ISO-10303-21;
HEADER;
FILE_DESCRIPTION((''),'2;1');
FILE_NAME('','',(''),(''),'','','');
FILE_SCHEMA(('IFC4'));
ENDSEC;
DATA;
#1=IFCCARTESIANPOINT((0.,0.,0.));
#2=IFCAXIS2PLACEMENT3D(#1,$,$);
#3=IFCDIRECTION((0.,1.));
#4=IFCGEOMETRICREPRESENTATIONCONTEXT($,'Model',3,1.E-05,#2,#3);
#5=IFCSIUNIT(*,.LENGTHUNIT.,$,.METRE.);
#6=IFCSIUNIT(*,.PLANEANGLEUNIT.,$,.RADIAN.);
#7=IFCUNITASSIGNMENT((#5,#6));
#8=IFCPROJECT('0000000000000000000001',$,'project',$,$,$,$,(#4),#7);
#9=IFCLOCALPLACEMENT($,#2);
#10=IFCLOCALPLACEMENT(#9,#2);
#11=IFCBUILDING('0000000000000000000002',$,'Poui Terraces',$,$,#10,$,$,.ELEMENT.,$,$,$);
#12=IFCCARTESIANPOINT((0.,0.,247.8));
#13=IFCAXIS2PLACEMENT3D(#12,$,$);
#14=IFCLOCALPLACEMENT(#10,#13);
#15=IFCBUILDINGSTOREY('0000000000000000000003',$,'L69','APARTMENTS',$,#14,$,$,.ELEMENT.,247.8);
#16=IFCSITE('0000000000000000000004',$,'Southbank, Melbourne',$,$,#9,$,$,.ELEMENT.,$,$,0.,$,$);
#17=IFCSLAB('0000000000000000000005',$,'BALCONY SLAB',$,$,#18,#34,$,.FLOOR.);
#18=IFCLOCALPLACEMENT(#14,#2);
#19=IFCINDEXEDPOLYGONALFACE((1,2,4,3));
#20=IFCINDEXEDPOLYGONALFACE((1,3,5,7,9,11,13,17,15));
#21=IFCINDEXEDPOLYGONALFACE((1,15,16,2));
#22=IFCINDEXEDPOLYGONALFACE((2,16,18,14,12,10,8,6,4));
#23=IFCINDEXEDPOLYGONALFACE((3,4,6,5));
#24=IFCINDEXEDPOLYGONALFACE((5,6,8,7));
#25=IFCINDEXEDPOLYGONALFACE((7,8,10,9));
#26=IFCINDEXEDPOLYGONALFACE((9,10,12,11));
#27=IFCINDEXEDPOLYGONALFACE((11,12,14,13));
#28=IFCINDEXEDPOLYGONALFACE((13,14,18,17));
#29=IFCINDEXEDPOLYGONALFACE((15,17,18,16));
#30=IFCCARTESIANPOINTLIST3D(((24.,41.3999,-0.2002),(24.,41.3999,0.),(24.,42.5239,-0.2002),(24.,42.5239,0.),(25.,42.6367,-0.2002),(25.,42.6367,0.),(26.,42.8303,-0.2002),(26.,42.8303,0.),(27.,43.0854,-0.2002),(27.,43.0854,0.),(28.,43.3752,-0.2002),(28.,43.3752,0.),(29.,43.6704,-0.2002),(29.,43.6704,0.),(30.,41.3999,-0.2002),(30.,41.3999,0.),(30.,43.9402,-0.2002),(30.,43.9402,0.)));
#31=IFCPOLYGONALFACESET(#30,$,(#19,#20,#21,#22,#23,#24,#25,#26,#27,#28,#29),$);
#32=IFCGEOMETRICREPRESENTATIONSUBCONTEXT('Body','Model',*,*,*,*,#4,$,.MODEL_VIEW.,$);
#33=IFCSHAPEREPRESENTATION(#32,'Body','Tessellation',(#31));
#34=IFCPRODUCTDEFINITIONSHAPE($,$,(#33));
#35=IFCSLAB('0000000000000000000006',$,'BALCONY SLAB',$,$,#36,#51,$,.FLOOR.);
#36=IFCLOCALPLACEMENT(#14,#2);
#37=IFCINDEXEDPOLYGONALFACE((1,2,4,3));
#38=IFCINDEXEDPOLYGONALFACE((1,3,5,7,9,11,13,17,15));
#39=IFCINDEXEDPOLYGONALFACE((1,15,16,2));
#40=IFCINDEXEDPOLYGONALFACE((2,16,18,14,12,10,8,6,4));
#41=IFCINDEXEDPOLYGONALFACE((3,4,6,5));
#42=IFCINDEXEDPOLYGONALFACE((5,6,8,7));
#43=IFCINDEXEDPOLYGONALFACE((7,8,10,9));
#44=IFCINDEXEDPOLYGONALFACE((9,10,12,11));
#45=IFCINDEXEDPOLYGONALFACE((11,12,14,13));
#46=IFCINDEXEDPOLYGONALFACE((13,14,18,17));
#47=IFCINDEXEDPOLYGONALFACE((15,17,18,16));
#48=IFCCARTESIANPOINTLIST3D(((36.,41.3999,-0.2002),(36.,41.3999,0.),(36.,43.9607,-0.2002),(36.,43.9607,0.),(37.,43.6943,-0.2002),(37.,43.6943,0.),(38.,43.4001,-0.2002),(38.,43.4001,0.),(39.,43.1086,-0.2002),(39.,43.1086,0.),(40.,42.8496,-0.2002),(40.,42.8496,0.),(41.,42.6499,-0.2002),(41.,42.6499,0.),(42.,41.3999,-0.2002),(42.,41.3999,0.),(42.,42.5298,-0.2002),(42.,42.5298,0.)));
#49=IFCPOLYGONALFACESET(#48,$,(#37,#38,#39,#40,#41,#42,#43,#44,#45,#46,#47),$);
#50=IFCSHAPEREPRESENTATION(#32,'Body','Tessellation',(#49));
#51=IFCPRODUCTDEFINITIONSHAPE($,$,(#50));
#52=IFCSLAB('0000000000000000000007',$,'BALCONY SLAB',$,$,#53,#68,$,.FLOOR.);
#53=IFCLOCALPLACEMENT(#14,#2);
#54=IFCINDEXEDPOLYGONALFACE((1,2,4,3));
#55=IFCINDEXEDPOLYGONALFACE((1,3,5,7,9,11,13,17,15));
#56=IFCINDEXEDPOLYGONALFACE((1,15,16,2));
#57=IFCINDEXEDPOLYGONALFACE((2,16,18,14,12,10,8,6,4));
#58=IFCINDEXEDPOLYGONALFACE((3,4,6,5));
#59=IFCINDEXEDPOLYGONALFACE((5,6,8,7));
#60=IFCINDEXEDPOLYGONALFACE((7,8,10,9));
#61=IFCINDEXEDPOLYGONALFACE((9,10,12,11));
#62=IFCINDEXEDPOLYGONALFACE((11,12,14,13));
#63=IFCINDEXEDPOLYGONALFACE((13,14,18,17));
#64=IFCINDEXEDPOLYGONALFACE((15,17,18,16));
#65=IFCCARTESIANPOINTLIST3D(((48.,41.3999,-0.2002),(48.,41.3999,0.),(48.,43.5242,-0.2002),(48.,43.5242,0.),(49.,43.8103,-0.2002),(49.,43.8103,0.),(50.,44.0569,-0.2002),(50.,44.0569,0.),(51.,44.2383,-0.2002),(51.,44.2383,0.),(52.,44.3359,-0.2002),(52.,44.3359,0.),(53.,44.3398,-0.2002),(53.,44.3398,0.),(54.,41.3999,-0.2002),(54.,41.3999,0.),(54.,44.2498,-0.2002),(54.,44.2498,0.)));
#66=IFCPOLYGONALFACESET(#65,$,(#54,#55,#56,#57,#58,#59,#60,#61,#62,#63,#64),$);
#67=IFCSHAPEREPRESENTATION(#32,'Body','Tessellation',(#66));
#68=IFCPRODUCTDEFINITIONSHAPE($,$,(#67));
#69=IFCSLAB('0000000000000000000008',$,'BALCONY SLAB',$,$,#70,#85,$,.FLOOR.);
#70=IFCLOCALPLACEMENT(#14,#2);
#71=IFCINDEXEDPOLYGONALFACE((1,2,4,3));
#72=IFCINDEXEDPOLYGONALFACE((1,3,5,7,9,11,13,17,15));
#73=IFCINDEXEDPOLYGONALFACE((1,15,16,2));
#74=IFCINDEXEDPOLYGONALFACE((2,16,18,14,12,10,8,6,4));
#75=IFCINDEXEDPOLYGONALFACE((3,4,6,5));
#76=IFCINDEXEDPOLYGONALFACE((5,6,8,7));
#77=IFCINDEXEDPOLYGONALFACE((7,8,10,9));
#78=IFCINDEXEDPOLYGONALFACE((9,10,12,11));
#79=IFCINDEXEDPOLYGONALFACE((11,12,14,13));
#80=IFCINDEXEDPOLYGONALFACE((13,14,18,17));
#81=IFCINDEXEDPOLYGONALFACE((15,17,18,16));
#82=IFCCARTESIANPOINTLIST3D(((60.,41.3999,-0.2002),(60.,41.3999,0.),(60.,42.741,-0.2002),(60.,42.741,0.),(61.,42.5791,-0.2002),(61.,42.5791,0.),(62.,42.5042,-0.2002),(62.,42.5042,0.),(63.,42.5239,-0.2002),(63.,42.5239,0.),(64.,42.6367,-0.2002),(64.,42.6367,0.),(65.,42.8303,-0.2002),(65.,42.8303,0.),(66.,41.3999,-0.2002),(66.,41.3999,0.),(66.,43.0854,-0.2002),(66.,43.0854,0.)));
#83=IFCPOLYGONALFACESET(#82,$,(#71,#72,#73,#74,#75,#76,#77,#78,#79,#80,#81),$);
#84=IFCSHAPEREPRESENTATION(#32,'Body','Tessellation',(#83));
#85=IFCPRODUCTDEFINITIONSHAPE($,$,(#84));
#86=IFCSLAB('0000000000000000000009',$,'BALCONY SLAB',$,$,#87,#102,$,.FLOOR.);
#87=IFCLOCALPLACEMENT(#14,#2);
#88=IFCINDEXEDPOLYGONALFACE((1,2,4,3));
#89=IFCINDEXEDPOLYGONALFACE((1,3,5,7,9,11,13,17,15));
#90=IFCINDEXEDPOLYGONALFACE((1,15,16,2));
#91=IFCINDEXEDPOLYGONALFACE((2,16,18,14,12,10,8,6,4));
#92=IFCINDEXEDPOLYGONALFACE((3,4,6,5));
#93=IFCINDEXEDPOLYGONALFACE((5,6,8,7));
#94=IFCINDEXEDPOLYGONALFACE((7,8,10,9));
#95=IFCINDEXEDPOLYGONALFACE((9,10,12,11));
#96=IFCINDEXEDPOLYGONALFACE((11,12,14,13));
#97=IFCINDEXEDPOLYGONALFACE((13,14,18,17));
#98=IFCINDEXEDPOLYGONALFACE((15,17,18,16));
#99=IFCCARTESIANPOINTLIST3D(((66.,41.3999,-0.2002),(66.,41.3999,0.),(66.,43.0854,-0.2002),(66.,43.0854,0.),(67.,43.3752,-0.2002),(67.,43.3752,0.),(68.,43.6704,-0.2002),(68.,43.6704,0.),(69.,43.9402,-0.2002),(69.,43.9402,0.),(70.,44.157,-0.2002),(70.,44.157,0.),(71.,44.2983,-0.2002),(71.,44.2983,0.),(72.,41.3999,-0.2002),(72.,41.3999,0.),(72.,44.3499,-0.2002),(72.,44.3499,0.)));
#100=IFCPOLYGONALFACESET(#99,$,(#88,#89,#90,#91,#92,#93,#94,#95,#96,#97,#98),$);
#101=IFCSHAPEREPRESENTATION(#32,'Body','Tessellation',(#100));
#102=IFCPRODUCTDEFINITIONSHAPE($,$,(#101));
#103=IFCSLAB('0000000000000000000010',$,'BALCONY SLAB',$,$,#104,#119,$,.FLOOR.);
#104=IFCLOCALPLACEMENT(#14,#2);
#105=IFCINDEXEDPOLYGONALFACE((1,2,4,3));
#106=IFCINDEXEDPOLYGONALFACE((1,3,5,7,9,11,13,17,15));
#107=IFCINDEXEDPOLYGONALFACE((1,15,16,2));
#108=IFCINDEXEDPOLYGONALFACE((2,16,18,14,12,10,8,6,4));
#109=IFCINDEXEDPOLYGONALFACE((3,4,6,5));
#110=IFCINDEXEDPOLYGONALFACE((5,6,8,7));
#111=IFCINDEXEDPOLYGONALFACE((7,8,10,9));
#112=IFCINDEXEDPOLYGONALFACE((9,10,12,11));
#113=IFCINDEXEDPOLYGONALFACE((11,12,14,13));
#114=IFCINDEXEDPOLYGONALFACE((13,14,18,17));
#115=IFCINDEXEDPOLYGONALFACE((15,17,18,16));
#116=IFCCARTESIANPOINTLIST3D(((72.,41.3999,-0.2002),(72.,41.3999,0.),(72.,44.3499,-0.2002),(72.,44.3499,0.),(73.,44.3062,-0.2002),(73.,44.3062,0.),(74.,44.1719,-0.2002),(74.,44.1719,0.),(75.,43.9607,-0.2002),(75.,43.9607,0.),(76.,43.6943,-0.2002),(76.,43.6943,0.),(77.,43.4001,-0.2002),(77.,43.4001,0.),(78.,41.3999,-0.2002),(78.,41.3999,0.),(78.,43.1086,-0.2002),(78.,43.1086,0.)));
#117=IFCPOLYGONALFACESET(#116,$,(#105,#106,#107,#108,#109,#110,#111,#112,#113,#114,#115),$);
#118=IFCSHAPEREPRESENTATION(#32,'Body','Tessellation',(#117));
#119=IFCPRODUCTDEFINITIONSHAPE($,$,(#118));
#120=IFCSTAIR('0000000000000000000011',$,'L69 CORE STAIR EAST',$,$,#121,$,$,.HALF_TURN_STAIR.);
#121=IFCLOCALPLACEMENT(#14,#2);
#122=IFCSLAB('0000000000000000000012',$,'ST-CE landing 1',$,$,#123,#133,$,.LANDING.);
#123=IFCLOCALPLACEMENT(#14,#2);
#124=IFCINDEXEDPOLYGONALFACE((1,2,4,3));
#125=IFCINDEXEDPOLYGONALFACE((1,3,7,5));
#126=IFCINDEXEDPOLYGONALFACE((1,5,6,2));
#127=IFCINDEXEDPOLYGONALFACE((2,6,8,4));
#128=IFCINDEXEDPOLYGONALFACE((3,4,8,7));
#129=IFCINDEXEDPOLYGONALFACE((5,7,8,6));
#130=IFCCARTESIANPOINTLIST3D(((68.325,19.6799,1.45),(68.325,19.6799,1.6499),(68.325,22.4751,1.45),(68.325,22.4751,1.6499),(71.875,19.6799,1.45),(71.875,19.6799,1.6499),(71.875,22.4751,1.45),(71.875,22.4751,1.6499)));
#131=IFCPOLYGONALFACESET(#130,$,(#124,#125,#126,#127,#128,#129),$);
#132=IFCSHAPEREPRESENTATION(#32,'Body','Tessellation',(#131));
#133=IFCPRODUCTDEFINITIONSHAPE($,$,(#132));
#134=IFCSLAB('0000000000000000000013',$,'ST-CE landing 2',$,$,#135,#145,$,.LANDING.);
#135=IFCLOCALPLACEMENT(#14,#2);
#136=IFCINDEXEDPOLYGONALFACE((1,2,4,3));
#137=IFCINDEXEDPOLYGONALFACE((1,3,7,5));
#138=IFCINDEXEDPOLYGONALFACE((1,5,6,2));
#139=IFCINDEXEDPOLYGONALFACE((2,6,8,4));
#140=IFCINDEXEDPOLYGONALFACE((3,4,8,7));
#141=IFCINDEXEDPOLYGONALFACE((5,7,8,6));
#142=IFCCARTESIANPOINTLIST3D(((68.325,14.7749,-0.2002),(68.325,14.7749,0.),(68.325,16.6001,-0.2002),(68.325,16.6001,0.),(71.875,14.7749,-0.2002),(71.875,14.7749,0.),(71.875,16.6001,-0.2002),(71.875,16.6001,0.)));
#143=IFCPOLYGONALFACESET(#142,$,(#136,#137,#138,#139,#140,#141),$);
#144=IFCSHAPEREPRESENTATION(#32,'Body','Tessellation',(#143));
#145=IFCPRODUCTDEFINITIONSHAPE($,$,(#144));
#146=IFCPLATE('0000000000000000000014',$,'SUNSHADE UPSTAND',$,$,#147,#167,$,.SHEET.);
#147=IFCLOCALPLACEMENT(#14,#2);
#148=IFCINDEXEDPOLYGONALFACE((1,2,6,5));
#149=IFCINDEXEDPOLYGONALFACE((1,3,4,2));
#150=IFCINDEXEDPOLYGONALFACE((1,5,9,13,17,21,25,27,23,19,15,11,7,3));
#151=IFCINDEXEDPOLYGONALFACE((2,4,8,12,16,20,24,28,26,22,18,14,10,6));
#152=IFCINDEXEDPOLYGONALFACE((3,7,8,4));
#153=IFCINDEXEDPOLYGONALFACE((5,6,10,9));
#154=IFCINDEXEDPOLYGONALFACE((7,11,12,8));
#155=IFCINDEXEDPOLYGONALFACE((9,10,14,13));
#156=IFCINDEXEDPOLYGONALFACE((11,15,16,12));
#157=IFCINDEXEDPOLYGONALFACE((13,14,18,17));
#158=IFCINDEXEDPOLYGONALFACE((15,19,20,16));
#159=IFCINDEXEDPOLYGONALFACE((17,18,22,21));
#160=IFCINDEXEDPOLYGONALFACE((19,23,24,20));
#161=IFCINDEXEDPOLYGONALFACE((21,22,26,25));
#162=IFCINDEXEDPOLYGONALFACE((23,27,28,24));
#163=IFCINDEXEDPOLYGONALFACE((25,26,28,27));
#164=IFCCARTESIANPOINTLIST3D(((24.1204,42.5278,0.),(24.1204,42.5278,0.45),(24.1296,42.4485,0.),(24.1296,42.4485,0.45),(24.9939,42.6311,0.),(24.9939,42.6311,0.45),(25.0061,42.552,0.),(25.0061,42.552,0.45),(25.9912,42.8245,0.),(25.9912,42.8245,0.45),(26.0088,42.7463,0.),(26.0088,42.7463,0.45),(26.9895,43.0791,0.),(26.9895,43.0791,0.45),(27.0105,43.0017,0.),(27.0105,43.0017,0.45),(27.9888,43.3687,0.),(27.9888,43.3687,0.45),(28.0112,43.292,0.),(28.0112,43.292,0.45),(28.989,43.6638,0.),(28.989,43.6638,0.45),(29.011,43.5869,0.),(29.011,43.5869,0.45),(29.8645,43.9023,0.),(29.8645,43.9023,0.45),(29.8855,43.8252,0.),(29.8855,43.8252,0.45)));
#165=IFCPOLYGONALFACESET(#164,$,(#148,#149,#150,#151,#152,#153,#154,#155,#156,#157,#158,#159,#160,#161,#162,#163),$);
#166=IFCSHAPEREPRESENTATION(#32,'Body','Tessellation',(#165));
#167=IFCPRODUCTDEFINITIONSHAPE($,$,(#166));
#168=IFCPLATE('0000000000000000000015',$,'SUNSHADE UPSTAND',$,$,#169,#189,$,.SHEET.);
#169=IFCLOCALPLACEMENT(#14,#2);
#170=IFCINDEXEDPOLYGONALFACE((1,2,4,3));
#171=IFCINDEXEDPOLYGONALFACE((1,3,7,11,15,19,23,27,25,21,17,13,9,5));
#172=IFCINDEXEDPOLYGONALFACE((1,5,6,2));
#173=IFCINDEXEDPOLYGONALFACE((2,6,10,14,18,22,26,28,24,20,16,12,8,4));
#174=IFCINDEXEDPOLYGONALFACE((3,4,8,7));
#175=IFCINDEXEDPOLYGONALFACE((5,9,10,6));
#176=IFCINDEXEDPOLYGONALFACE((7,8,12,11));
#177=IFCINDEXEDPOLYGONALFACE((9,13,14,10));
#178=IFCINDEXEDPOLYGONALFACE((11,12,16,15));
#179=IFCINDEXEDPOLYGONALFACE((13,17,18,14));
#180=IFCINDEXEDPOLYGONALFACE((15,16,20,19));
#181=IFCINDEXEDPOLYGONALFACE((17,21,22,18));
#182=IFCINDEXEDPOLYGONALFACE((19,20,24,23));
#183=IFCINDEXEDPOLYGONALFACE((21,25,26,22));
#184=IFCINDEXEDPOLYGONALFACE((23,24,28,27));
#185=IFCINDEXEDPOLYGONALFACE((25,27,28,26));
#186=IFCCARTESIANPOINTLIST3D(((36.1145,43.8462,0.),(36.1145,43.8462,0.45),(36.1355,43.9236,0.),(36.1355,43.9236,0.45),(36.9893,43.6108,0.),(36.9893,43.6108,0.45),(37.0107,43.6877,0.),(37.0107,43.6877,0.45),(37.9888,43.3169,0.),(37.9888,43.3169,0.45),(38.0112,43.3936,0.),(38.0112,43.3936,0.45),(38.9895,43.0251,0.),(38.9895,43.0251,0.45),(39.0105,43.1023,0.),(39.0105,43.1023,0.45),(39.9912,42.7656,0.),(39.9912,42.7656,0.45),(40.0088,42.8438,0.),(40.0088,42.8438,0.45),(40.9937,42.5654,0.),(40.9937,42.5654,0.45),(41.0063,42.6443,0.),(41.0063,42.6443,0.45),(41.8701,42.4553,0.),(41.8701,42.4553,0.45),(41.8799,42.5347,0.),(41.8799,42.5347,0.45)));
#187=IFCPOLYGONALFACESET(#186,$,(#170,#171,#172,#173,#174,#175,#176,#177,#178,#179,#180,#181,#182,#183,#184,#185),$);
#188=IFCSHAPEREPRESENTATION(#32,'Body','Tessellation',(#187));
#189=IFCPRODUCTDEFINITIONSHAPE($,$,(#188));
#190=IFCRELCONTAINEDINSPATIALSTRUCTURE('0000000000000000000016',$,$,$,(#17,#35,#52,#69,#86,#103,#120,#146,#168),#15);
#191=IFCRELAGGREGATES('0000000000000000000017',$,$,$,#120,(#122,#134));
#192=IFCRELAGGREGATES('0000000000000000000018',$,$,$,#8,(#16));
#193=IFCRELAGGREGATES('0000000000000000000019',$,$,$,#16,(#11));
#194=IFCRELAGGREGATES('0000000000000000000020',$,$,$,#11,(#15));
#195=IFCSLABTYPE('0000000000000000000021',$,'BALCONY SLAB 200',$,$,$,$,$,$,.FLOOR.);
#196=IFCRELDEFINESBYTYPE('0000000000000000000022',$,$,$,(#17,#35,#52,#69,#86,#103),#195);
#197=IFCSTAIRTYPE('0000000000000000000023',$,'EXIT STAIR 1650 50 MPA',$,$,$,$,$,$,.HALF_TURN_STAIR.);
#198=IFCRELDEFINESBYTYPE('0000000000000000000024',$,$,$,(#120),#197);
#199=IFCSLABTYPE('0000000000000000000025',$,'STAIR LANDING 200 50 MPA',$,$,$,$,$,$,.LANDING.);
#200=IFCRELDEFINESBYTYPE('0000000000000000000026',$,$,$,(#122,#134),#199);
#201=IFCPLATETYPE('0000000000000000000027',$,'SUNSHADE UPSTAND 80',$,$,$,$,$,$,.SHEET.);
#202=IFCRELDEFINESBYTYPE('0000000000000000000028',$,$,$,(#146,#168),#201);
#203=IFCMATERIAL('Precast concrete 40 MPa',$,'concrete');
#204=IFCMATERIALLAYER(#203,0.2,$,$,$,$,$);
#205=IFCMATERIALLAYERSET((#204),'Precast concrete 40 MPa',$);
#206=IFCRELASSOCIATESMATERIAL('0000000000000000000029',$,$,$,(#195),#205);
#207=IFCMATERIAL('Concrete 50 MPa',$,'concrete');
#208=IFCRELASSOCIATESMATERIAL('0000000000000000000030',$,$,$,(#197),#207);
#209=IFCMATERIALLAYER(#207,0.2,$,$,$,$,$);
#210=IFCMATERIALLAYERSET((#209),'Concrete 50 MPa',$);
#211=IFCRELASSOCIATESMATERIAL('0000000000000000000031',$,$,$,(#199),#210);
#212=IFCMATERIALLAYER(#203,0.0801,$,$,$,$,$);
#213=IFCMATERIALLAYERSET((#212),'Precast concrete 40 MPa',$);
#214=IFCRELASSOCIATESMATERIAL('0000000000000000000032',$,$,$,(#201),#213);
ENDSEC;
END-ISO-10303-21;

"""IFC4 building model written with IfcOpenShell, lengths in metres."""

from ifc_helpers import new_model, si_unit, direction, frame, origin, place, context, subcontext, project, spatial, polyline, outline, extrude, material, layer, layer_set, type_object, element, aggregate, save


model = new_model("IFC4")

# Units and contexts
model_context = context("Model", 3, precision=1e-05, world=origin(), true_north=direction((0.0, 1.0)))
body_context = subcontext(model_context, "Body", "Model", "MODEL_VIEW")
ifc_project = project(units=[si_unit("LENGTHUNIT", "METRE"), si_unit("PLANEANGLEUNIT", "RADIAN")], contexts=[model_context])

# Site, building, storey
site_placement = place(None, origin())
site = spatial("IfcSite", under=ifc_project, at=site_placement, Name="Southbank, Melbourne", CompositionType="ELEMENT", RefElevation=0.0)
building_placement = place(site_placement, origin())
building = spatial("IfcBuilding", under=site, at=building_placement, Name="Poui Terraces", CompositionType="ELEMENT")
storey_placement = place(building_placement, frame((0.0, 0.0, 247.8)))
storey = spatial("IfcBuildingStorey", under=building, at=storey_placement, Name="L69", Description="APARTMENTS", CompositionType="ELEMENT", Elevation=247.8)

# Slabs
ifc_material_1 = material(Name="Precast concrete 40 MPa", Category="concrete")
ifc_layer_1 = layer(ifc_material_1, 0.2)
ifc_layer_set_1 = layer_set([ifc_layer_1], Name="Precast concrete 40 MPa")
slab_type_1 = type_object("IfcSlabType", Name="BALCONY SLAB 200", PredefinedType="FLOOR", material=ifc_layer_set_1)
slab_1_placement = place(storey_placement, frame((0.0, 0.0, -0.2002)))
element("IfcSlab", 1, at=slab_1_placement, inside=storey, type_object=slab_type_1, Name="BALCONY SLAB", PredefinedType="FLOOR", context=body_context, shape_type="SweptSolid", body=[
    extrude(outline(polyline([(24.0, 41.3999), (30.0, 41.3999), (30.0, 43.9402), (29.0, 43.6704), (28.0, 43.3752), (27.0, 43.0854), (26.0, 42.8303), (25.0, 42.6367), (24.0, 42.5239), (24.0, 41.3999)])), origin(), (0.0, 0.0, 1.0), 0.2002),
])
slab_2_placement = place(storey_placement, frame((0.0, 0.0, -0.2002)))
element("IfcSlab", 2, at=slab_2_placement, inside=storey, type_object=slab_type_1, Name="BALCONY SLAB", PredefinedType="FLOOR", context=body_context, shape_type="SweptSolid", body=[
    extrude(outline(polyline([(36.0, 41.3999), (42.0, 41.3999), (42.0, 42.5298), (41.0, 42.6499), (40.0, 42.8496), (39.0, 43.1086), (38.0, 43.4001), (37.0, 43.6943), (36.0, 43.9607), (36.0, 41.3999)])), origin(), (0.0, 0.0, 1.0), 0.2002),
])
slab_3_placement = place(storey_placement, frame((0.0, 0.0, -0.2002)))
element("IfcSlab", 3, at=slab_3_placement, inside=storey, type_object=slab_type_1, Name="BALCONY SLAB", PredefinedType="FLOOR", context=body_context, shape_type="SweptSolid", body=[
    extrude(outline(polyline([(48.0, 41.3999), (54.0, 41.3999), (54.0, 44.2498), (53.0, 44.3398), (52.0, 44.3359), (51.0, 44.2383), (50.0, 44.0569), (49.0, 43.8103), (48.0, 43.5242), (48.0, 41.3999)])), origin(), (0.0, 0.0, 1.0), 0.2002),
])
slab_4_placement = place(storey_placement, frame((0.0, 0.0, -0.2002)))
element("IfcSlab", 4, at=slab_4_placement, inside=storey, type_object=slab_type_1, Name="BALCONY SLAB", PredefinedType="FLOOR", context=body_context, shape_type="SweptSolid", body=[
    extrude(outline(polyline([(60.0, 41.3999), (66.0, 41.3999), (66.0, 43.0854), (65.0, 42.8303), (64.0, 42.6367), (63.0, 42.5239), (62.0, 42.5042), (61.0, 42.5791), (60.0, 42.741), (60.0, 41.3999)])), origin(), (0.0, 0.0, 1.0), 0.2002),
])
slab_5_placement = place(storey_placement, frame((0.0, 0.0, -0.2002)))
element("IfcSlab", 5, at=slab_5_placement, inside=storey, type_object=slab_type_1, Name="BALCONY SLAB", PredefinedType="FLOOR", context=body_context, shape_type="SweptSolid", body=[
    extrude(outline(polyline([(66.0, 41.3999), (72.0, 41.3999), (72.0, 44.3499), (71.0, 44.2983), (70.0, 44.157), (69.0, 43.9402), (68.0, 43.6704), (67.0, 43.3752), (66.0, 43.0854), (66.0, 41.3999)])), origin(), (0.0, 0.0, 1.0), 0.2002),
])
slab_6_placement = place(storey_placement, frame((0.0, 0.0, -0.2002)))
element("IfcSlab", 6, at=slab_6_placement, inside=storey, type_object=slab_type_1, Name="BALCONY SLAB", PredefinedType="FLOOR", context=body_context, shape_type="SweptSolid", body=[
    extrude(outline(polyline([(72.0, 41.3999), (78.0, 41.3999), (78.0, 43.1086), (77.0, 43.4001), (76.0, 43.6943), (75.0, 43.9607), (74.0, 44.1719), (73.0, 44.3062), (72.0, 44.3499), (72.0, 41.3999)])), origin(), (0.0, 0.0, 1.0), 0.2002),
])

# Stair, slabs
ifc_material_2 = material(Name="Concrete 50 MPa", Category="concrete")
stair_type = type_object("IfcStairType", Name="EXIT STAIR 1650 50 MPA", PredefinedType="HALF_TURN_STAIR", material=ifc_material_2)
stair_placement = place(storey_placement, origin())
stair = element("IfcStair", 7, at=stair_placement, inside=storey, type_object=stair_type, Name="L69 CORE STAIR EAST", PredefinedType="HALF_TURN_STAIR")
ifc_layer_2 = layer(ifc_material_2, 0.2)
ifc_layer_set_2 = layer_set([ifc_layer_2], Name="Concrete 50 MPa")
slab_type_2 = type_object("IfcSlabType", Name="STAIR LANDING 200 50 MPA", PredefinedType="LANDING", material=ifc_layer_set_2)
slab_7_placement = place(storey_placement, frame((0.0, 0.0, 1.45)))
slab_7 = element("IfcSlab", 8, at=slab_7_placement, type_object=slab_type_2, Name="ST-CE landing 1", PredefinedType="LANDING", context=body_context, shape_type="SweptSolid", body=[
    extrude(outline(polyline([(68.325, 19.6799), (71.875, 19.6799), (71.875, 22.4751), (68.325, 22.4751), (68.325, 19.6799)])), origin(), (0.0, 0.0, 1.0), 0.2),
])
slab_8_placement = place(storey_placement, frame((0.0, 0.0, -0.2002)))
slab_8 = element("IfcSlab", 9, at=slab_8_placement, type_object=slab_type_2, Name="ST-CE landing 2", PredefinedType="LANDING", context=body_context, shape_type="SweptSolid", body=[
    extrude(outline(polyline([(68.325, 14.7749), (71.875, 14.7749), (71.875, 16.6001), (68.325, 16.6001), (68.325, 14.7749)])), origin(), (0.0, 0.0, 1.0), 0.2002),
])
aggregate(stair, [slab_7, slab_8])

# Plates
ifc_layer_3 = layer(ifc_material_1, 0.0801)
ifc_layer_set_3 = layer_set([ifc_layer_3], Name="Precast concrete 40 MPa")
plate_type = type_object("IfcPlateType", Name="SUNSHADE UPSTAND 80", PredefinedType="SHEET", material=ifc_layer_set_3)
plate_1_placement = place(storey_placement, origin())
element("IfcPlate", 10, at=plate_1_placement, inside=storey, type_object=plate_type, Name="SUNSHADE UPSTAND", PredefinedType="SHEET", context=body_context, shape_type="SweptSolid", body=[
    extrude(outline(polyline([(24.9939, 42.6311), (24.1204, 42.5278), (24.1296, 42.4485), (25.0061, 42.552), (26.0088, 42.7463), (27.0105, 43.0017), (28.0112, 43.292), (29.011, 43.5869), (29.8855, 43.8252), (29.8645, 43.9023), (28.989, 43.6638), (27.9888, 43.3687), (26.9895, 43.0791), (25.9912, 42.8245), (24.9939, 42.6311)])), origin(), (0.0, 0.0, 1.0), 0.45),
])
plate_2_placement = place(storey_placement, origin())
element("IfcPlate", 11, at=plate_2_placement, inside=storey, type_object=plate_type, Name="SUNSHADE UPSTAND", PredefinedType="SHEET", context=body_context, shape_type="SweptSolid", body=[
    extrude(outline(polyline([(37.0107, 43.6877), (36.1355, 43.9236), (36.1145, 43.8462), (36.9893, 43.6108), (37.9888, 43.3169), (38.9895, 43.0251), (39.9912, 42.7656), (40.9937, 42.5654), (41.8701, 42.4553), (41.8799, 42.5347), (41.0063, 42.6443), (40.0088, 42.8438), (39.0105, 43.1023), (38.0112, 43.3936), (37.0107, 43.6877)])), origin(), (0.0, 0.0, 1.0), 0.45),
])

save(model, "model.ifc")
